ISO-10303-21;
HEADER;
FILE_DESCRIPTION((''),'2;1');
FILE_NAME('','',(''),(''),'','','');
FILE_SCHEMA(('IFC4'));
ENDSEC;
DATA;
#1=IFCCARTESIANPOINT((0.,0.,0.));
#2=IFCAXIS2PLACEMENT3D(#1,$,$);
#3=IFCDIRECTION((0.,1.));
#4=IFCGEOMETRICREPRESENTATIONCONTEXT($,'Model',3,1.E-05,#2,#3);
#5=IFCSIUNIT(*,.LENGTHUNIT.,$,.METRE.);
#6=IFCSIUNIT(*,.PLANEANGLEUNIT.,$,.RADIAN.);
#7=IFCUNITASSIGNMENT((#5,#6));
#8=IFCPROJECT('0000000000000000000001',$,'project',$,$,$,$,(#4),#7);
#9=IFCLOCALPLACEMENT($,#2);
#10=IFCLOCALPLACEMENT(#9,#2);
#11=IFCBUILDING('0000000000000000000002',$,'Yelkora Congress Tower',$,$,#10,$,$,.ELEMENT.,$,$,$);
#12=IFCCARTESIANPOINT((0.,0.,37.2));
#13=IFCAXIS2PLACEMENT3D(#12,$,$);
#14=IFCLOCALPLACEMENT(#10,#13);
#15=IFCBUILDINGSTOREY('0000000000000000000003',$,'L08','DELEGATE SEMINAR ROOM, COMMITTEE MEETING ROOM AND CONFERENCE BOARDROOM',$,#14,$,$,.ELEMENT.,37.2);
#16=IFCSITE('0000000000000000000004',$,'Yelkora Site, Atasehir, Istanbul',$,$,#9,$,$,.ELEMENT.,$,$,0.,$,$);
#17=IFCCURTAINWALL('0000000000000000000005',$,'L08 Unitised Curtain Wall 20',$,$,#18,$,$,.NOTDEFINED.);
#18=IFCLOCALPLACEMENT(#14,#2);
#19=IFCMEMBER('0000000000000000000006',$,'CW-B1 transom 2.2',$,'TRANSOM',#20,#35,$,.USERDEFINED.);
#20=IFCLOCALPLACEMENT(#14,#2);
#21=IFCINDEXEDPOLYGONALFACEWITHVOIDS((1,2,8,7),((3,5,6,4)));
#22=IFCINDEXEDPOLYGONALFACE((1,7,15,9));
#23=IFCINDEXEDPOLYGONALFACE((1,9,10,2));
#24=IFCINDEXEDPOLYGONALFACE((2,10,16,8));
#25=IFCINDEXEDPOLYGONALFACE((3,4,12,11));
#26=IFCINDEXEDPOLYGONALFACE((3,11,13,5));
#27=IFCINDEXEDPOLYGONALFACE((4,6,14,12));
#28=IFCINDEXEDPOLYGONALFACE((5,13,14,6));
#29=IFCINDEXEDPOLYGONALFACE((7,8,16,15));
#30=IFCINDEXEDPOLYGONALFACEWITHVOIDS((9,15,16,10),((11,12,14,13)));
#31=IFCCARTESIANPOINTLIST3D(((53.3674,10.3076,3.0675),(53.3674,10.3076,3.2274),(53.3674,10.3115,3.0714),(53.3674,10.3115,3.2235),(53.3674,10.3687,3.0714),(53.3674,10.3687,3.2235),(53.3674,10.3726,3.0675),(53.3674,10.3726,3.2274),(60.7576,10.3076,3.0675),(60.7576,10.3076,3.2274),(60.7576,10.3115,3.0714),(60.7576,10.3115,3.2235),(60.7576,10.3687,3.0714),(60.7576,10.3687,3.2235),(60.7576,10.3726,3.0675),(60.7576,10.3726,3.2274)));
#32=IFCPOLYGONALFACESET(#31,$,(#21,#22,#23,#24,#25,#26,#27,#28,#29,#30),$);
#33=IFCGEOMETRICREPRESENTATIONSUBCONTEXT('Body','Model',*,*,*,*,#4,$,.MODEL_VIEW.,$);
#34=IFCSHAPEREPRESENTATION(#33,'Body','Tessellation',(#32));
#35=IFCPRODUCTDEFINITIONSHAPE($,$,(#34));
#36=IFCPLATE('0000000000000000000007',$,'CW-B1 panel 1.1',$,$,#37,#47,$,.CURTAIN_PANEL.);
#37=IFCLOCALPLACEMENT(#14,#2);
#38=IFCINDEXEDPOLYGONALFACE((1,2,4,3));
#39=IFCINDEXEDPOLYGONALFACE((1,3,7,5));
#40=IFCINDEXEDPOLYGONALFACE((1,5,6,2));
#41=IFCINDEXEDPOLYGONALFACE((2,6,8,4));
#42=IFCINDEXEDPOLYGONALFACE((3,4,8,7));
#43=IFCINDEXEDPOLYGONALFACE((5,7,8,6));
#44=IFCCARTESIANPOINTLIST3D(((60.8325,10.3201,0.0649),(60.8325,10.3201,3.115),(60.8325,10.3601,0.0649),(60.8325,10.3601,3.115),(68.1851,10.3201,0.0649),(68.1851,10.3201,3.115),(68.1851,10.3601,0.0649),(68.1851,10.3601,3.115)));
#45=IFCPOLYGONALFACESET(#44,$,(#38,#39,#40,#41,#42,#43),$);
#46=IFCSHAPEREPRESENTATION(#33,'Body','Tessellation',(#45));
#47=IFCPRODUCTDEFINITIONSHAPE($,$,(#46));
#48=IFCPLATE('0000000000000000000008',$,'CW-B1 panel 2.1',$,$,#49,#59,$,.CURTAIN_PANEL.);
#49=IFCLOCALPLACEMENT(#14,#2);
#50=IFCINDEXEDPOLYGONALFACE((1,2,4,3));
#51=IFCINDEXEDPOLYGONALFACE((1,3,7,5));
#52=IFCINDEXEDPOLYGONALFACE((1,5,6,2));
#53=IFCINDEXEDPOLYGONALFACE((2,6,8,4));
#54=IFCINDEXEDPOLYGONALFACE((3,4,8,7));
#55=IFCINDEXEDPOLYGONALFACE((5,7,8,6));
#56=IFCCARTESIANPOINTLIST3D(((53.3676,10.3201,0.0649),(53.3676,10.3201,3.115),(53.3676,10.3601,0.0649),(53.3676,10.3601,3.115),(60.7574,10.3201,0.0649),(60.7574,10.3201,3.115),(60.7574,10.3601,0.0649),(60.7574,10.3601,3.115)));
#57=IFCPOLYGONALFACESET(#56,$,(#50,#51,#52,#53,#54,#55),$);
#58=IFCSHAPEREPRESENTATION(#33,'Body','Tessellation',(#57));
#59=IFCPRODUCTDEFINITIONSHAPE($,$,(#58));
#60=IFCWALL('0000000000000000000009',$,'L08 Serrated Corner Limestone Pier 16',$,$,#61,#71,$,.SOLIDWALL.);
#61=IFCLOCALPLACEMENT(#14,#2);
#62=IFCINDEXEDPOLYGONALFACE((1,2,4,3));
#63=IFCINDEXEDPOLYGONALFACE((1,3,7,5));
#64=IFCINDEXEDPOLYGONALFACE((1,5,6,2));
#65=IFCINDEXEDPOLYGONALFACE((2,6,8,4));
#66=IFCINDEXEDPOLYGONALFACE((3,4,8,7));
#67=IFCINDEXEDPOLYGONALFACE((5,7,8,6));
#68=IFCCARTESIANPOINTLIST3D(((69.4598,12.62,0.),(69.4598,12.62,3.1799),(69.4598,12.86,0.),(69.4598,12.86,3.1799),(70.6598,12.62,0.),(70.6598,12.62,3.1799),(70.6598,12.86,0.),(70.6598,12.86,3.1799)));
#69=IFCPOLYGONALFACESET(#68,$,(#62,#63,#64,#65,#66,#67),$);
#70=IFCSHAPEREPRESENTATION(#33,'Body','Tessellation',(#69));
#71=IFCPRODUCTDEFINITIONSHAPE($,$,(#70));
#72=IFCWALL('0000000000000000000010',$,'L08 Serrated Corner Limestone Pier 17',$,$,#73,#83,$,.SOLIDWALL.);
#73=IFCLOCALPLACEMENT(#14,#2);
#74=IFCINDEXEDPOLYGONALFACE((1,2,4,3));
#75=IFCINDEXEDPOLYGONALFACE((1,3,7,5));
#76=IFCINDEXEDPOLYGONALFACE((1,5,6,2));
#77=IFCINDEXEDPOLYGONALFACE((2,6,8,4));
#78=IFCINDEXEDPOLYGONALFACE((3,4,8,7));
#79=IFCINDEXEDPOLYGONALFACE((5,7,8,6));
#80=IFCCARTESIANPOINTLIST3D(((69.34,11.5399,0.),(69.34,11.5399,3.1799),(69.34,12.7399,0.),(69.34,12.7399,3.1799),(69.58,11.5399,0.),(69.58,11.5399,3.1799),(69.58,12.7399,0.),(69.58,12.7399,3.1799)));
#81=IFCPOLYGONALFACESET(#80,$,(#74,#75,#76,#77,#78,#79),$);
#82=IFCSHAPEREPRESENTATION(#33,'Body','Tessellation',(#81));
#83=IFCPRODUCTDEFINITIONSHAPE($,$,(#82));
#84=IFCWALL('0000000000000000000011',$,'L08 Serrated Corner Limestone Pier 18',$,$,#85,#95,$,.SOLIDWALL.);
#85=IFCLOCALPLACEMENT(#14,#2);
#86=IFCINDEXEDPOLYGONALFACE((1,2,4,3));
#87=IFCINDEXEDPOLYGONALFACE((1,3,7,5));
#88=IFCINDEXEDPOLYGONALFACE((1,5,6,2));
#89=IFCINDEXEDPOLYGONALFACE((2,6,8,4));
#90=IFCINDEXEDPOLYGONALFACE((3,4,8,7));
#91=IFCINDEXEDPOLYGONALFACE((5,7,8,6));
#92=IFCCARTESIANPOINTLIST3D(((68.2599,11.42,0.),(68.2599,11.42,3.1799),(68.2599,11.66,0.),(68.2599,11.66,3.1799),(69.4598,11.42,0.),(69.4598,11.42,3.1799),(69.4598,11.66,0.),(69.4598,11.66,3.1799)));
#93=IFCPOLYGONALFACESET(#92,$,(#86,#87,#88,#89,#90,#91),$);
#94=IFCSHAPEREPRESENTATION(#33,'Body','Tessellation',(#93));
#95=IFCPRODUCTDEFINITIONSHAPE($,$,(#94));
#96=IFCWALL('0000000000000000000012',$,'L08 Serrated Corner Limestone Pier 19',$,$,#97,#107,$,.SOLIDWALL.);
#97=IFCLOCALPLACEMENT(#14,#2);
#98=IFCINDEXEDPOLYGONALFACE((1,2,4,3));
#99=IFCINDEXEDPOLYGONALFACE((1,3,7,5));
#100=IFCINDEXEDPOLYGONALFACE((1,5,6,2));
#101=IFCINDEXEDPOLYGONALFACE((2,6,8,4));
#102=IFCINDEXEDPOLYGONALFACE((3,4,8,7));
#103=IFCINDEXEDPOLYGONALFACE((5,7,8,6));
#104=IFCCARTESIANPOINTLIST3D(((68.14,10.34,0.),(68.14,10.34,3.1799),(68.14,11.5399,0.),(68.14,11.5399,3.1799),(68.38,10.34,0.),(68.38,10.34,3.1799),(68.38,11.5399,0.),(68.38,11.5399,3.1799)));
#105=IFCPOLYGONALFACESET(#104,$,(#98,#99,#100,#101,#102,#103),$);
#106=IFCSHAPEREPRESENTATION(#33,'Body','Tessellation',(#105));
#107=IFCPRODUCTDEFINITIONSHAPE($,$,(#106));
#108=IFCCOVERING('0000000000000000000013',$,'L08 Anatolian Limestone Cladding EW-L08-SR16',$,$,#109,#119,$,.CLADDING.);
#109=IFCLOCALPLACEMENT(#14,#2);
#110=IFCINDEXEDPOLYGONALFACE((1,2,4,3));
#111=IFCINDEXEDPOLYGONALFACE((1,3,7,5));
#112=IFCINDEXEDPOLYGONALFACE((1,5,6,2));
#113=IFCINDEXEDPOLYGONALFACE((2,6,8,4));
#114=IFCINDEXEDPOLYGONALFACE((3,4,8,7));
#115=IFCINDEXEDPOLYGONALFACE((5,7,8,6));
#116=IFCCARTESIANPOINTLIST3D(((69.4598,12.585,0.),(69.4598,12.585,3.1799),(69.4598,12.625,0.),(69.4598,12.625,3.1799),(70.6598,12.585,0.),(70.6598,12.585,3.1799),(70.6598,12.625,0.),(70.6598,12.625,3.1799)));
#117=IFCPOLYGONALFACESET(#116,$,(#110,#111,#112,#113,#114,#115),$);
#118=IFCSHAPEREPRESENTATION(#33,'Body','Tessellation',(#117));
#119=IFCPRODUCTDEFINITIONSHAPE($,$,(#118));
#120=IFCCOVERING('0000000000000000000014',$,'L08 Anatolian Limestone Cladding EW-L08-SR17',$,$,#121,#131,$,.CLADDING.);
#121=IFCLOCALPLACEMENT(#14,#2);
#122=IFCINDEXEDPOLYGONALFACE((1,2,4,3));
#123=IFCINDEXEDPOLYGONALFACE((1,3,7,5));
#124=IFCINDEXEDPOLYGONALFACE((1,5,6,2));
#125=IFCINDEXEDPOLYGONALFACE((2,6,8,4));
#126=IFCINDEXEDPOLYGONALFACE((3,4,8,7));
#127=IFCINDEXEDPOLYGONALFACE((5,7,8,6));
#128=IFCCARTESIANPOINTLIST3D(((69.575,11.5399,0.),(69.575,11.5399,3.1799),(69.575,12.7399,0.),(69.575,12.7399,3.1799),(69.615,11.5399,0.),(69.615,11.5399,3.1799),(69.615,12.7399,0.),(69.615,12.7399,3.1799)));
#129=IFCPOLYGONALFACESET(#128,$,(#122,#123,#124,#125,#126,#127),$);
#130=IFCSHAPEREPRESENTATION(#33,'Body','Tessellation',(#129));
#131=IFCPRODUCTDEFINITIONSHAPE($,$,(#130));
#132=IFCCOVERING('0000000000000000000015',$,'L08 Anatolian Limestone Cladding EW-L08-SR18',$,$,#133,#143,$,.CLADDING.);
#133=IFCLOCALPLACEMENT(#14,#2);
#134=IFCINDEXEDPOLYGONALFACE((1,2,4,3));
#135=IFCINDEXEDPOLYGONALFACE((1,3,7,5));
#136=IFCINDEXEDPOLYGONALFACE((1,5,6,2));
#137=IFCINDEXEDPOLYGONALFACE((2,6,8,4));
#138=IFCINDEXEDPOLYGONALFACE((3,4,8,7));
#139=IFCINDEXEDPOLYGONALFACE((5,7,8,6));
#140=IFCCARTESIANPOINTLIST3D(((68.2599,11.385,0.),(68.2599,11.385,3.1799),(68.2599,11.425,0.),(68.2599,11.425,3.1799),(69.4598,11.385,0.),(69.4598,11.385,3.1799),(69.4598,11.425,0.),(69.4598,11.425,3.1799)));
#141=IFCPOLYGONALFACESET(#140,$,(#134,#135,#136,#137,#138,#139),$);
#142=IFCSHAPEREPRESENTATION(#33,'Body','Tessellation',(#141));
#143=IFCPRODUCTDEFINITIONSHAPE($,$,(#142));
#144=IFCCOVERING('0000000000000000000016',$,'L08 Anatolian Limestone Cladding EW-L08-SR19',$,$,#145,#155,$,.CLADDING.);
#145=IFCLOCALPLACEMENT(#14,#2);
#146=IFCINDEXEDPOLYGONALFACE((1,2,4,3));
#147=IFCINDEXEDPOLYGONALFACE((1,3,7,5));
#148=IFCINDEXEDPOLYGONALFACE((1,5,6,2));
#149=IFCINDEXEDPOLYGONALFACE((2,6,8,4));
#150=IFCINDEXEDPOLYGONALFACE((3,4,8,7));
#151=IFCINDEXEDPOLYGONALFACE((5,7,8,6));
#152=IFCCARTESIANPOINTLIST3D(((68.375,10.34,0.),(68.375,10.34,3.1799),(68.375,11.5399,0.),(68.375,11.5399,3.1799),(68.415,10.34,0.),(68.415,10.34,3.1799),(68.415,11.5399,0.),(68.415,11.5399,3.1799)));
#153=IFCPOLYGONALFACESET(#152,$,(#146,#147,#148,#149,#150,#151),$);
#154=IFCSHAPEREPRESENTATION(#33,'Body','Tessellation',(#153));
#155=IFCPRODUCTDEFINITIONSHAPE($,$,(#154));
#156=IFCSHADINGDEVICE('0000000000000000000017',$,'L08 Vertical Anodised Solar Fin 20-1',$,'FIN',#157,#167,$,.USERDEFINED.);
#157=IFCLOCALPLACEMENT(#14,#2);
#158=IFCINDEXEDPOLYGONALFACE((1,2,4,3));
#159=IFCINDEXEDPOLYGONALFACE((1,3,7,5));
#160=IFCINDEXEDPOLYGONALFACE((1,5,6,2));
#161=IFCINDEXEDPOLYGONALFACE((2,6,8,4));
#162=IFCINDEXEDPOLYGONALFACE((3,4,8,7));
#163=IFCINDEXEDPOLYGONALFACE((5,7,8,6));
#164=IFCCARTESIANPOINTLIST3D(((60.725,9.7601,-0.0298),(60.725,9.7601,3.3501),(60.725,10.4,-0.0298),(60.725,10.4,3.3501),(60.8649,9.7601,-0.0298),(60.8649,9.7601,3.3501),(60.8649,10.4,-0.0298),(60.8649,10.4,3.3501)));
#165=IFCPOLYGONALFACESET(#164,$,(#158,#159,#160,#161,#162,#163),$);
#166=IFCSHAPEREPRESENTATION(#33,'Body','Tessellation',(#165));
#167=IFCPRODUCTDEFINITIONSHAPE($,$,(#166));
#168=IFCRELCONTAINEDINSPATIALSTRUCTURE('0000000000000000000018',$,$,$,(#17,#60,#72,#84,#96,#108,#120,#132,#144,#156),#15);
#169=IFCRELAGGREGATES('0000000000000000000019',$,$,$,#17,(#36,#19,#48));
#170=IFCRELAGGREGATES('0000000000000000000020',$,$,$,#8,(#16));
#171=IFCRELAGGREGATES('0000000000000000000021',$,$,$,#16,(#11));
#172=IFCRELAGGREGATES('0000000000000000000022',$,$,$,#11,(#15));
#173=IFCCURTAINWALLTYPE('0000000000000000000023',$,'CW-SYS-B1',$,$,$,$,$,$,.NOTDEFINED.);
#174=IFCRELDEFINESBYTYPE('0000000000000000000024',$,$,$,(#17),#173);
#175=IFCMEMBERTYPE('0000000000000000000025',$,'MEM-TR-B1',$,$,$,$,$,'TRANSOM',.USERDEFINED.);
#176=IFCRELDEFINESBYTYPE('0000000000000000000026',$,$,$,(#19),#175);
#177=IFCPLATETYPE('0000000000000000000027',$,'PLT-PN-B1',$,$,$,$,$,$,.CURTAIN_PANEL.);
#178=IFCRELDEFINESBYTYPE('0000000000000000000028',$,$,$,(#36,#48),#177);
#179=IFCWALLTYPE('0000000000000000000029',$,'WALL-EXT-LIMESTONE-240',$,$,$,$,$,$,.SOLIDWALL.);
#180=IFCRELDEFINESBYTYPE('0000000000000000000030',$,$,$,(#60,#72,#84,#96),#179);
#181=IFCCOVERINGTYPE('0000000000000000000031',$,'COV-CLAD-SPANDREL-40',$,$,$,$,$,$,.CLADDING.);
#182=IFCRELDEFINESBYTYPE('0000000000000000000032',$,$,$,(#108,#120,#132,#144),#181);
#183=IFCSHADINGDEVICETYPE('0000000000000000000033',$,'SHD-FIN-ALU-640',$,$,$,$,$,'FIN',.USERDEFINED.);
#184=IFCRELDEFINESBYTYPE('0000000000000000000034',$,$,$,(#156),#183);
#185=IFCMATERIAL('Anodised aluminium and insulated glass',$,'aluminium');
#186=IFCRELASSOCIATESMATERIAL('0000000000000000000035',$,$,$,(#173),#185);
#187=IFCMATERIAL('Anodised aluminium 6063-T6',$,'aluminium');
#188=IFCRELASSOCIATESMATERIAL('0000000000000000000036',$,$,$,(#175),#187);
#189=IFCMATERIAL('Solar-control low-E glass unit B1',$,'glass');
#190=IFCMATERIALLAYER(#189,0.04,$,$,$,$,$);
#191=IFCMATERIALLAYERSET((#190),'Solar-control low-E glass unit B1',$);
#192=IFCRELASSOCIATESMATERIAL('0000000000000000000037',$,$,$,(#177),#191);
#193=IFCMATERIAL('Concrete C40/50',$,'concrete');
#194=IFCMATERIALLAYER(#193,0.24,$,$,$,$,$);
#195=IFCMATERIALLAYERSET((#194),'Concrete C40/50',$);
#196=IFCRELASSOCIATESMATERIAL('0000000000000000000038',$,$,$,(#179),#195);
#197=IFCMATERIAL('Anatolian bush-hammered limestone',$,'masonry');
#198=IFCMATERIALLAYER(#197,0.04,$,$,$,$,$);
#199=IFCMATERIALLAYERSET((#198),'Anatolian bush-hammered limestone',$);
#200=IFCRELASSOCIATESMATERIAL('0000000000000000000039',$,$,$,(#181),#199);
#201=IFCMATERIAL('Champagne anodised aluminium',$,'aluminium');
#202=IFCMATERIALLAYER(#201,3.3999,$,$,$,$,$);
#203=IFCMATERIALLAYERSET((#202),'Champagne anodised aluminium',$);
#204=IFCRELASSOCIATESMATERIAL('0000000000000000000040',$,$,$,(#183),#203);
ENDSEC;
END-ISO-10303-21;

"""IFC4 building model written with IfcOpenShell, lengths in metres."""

from ifc_helpers import new_model, si_unit, direction, frame, frame_2d, origin, origin_2d, place, context, subcontext, project, spatial, rectangle, hollow_rectangle, extrude, material, layer, layer_set, material_profile, profile_set, type_object, element, aggregate, save


model = new_model("IFC4")

# Units and contexts
model_context = context("Model", 3, precision=1e-05, world=origin(), true_north=direction((0.0, 1.0)))
body_context = subcontext(model_context, "Body", "Model", "MODEL_VIEW")
ifc_project = project(units=[si_unit("LENGTHUNIT", "METRE"), si_unit("PLANEANGLEUNIT", "RADIAN")], contexts=[model_context])

# Site, building, storey
site_placement = place(None, origin())
site = spatial("IfcSite", under=ifc_project, at=site_placement, Name="Yelkora Site, Atasehir, Istanbul", CompositionType="ELEMENT", RefElevation=0.0)
building_placement = place(site_placement, origin())
building = spatial("IfcBuilding", under=site, at=building_placement, Name="Yelkora Congress Tower", CompositionType="ELEMENT")
storey_placement = place(building_placement, frame((0.0, 0.0, 37.2)))
storey = spatial("IfcBuildingStorey", under=building, at=storey_placement, Name="L08", Description="DELEGATE SEMINAR ROOM, COMMITTEE MEETING ROOM AND CONFERENCE BOARDROOM", CompositionType="ELEMENT", Elevation=37.2)

# Curtain wall, member, plates
ifc_material_1 = material(Name="Anodised aluminium and insulated glass", Category="aluminium")
curtain_wall_type = type_object("IfcCurtainWallType", Name="CW-SYS-B1", PredefinedType="NOTDEFINED", material=ifc_material_1)
curtain_wall_placement = place(storey_placement, origin())
curtain_wall = element("IfcCurtainWall", 1, at=curtain_wall_placement, inside=storey, type_object=curtain_wall_type, Name="L08 Unitised Curtain Wall 20", PredefinedType="NOTDEFINED")
ifc_material_2 = material(Name="Anodised aluminium 6063-T6", Category="aluminium")
ifc_material_profile_1 = material_profile(ifc_material_2, hollow_rectangle(XDim=0.0649, YDim=0.1599, WallThickness=0.0039, at=origin_2d()), Name="ALU 65x160x4")
ifc_profile_set_1 = profile_set([ifc_material_profile_1], Name="Anodised aluminium 6063-T6")
member_type_1 = type_object("IfcMemberType", Name="MEM-TR-B1", ElementType="TRANSOM", PredefinedType="USERDEFINED", material=ifc_profile_set_1)
member_1_placement = place(storey_placement, frame((60.7576, 10.3401, 3.1475), z_axis=(-1.0, 0.0, 0.0), x_axis=(0.0, -1.0, 0.0)))
member_1 = element("IfcMember", 2, at=member_1_placement, type_object=member_type_1, Name="CW-B1 transom 2.2", ObjectType="TRANSOM", PredefinedType="USERDEFINED", context=body_context, shape_type="SweptSolid", body=[
    extrude(hollow_rectangle(XDim=0.0649, YDim=0.1599, WallThickness=0.0039, at=origin_2d()), origin(), (0.0, 0.0, 1.0), 7.3901),
])
ifc_material_3 = material(Name="Solar-control low-E glass unit B1", Category="glass")
ifc_layer_1 = layer(ifc_material_3, 0.04)
ifc_layer_set_1 = layer_set([ifc_layer_1], Name="Solar-control low-E glass unit B1")
plate_type = type_object("IfcPlateType", Name="PLT-PN-B1", PredefinedType="CURTAIN_PANEL", material=ifc_layer_set_1)
plate_1_placement = place(storey_placement, frame((64.5088, 10.3401, 0.0649), z_axis=(0.0, 0.0, 1.0), x_axis=(-1.0, 0.0, 0.0)))
plate_1 = element("IfcPlate", 3, at=plate_1_placement, type_object=plate_type, Name="CW-B1 panel 1.1", PredefinedType="CURTAIN_PANEL", context=body_context, shape_type="SweptSolid", body=[
    extrude(rectangle(XDim=7.3525, YDim=0.04, at=origin_2d()), origin(), (0.0, 0.0, 1.0), 3.05),
])
plate_2_placement = place(storey_placement, frame((57.0625, 10.3401, 0.0649), z_axis=(0.0, 0.0, 1.0), x_axis=(-1.0, 0.0, 0.0)))
plate_2 = element("IfcPlate", 4, at=plate_2_placement, type_object=plate_type, Name="CW-B1 panel 2.1", PredefinedType="CURTAIN_PANEL", context=body_context, shape_type="SweptSolid", body=[
    extrude(rectangle(XDim=7.3899, YDim=0.04, at=origin_2d()), origin(), (0.0, 0.0, 1.0), 3.05),
])
aggregate(curtain_wall, [plate_1, member_1, plate_2])

# Walls
ifc_material_4 = material(Name="Concrete C40/50", Category="concrete")
ifc_layer_2 = layer(ifc_material_4, 0.24)
ifc_layer_set_2 = layer_set([ifc_layer_2], Name="Concrete C40/50")
wall_type = type_object("IfcWallType", Name="WALL-EXT-LIMESTONE-240", PredefinedType="SOLIDWALL", material=ifc_layer_set_2)
for number, where, z_axis, x_axis, name in (
    (5, (70.6599, 12.74, 0.0), (0.0, 0.0, 1.0), (-1.0, 0.0, 0.0), "L08 Serrated Corner Limestone Pier 16"),
    (6, (69.46, 12.74, 0.0), (0.0, 0.0, 1.0), (0.0, -1.0, 0.0), "L08 Serrated Corner Limestone Pier 17"),
    (7, (69.46, 11.54, 0.0), (0.0, 0.0, 1.0), (-1.0, 0.0, 0.0), "L08 Serrated Corner Limestone Pier 18"),
    (8, (68.26, 11.54, 0.0), (0.0, 0.0, 1.0), (0.0, -1.0, 0.0), "L08 Serrated Corner Limestone Pier 19"),
):
    element("IfcWall", number, at=place(storey_placement, frame(where, z_axis=z_axis, x_axis=x_axis)), inside=storey, type_object=wall_type, Name=name, PredefinedType="SOLIDWALL", context=body_context, shape_type="SweptSolid", body=[
        extrude(rectangle(XDim=1.2, YDim=0.24, at=frame_2d((0.6001, 0.0))), origin(), (0.0, 0.0, 1.0), 3.1799),
    ])

# Coverings
ifc_material_5 = material(Name="Anatolian bush-hammered limestone", Category="masonry")
ifc_layer_3 = layer(ifc_material_5, 0.04)
ifc_layer_set_3 = layer_set([ifc_layer_3], Name="Anatolian bush-hammered limestone")
covering_type = type_object("IfcCoveringType", Name="COV-CLAD-SPANDREL-40", PredefinedType="CLADDING", material=ifc_layer_set_3)
for number, where, z_axis, x_axis, name in (
    (9, (70.6599, 12.605, 0.0), (0.0, 0.0, 1.0), (-1.0, 0.0, 0.0), "L08 Anatolian Limestone Cladding EW-L08-SR16"),
    (10, (69.595, 12.74, 0.0), (0.0, 0.0, 1.0), (0.0, -1.0, 0.0), "L08 Anatolian Limestone Cladding EW-L08-SR17"),
    (11, (69.46, 11.405, 0.0), (0.0, 0.0, 1.0), (-1.0, 0.0, 0.0), "L08 Anatolian Limestone Cladding EW-L08-SR18"),
    (12, (68.395, 11.54, 0.0), (0.0, 0.0, 1.0), (0.0, -1.0, 0.0), "L08 Anatolian Limestone Cladding EW-L08-SR19"),
):
    element("IfcCovering", number, at=place(storey_placement, frame(where, z_axis=z_axis, x_axis=x_axis)), inside=storey, type_object=covering_type, Name=name, PredefinedType="CLADDING", context=body_context, shape_type="SweptSolid", body=[
        extrude(rectangle(XDim=1.2, YDim=0.04, at=frame_2d((0.6001, 0.0))), origin(), (0.0, 0.0, 1.0), 3.1799),
    ])

# Shading device
ifc_material_6 = material(Name="Champagne anodised aluminium", Category="aluminium")
ifc_layer_4 = layer(ifc_material_6, 3.3999)
ifc_layer_set_4 = layer_set([ifc_layer_4], Name="Champagne anodised aluminium")
shading_device_type = type_object("IfcShadingDeviceType", Name="SHD-FIN-ALU-640", ElementType="FIN", PredefinedType="USERDEFINED", material=ifc_layer_set_4)
shading_device_placement = place(storey_placement, frame((60.7949, 10.0801, -0.0298), z_axis=(0.0, 0.0, 1.0), x_axis=(-1.0, 0.0, 0.0)))
element("IfcShadingDevice", 13, at=shading_device_placement, inside=storey, type_object=shading_device_type, Name="L08 Vertical Anodised Solar Fin 20-1", ObjectType="FIN", PredefinedType="USERDEFINED", context=body_context, shape_type="SweptSolid", body=[
    extrude(rectangle(XDim=0.1399, YDim=0.6399, at=origin_2d()), origin(), (0.0, 0.0, 1.0), 3.3799),
])

save(model, "model.ifc")
